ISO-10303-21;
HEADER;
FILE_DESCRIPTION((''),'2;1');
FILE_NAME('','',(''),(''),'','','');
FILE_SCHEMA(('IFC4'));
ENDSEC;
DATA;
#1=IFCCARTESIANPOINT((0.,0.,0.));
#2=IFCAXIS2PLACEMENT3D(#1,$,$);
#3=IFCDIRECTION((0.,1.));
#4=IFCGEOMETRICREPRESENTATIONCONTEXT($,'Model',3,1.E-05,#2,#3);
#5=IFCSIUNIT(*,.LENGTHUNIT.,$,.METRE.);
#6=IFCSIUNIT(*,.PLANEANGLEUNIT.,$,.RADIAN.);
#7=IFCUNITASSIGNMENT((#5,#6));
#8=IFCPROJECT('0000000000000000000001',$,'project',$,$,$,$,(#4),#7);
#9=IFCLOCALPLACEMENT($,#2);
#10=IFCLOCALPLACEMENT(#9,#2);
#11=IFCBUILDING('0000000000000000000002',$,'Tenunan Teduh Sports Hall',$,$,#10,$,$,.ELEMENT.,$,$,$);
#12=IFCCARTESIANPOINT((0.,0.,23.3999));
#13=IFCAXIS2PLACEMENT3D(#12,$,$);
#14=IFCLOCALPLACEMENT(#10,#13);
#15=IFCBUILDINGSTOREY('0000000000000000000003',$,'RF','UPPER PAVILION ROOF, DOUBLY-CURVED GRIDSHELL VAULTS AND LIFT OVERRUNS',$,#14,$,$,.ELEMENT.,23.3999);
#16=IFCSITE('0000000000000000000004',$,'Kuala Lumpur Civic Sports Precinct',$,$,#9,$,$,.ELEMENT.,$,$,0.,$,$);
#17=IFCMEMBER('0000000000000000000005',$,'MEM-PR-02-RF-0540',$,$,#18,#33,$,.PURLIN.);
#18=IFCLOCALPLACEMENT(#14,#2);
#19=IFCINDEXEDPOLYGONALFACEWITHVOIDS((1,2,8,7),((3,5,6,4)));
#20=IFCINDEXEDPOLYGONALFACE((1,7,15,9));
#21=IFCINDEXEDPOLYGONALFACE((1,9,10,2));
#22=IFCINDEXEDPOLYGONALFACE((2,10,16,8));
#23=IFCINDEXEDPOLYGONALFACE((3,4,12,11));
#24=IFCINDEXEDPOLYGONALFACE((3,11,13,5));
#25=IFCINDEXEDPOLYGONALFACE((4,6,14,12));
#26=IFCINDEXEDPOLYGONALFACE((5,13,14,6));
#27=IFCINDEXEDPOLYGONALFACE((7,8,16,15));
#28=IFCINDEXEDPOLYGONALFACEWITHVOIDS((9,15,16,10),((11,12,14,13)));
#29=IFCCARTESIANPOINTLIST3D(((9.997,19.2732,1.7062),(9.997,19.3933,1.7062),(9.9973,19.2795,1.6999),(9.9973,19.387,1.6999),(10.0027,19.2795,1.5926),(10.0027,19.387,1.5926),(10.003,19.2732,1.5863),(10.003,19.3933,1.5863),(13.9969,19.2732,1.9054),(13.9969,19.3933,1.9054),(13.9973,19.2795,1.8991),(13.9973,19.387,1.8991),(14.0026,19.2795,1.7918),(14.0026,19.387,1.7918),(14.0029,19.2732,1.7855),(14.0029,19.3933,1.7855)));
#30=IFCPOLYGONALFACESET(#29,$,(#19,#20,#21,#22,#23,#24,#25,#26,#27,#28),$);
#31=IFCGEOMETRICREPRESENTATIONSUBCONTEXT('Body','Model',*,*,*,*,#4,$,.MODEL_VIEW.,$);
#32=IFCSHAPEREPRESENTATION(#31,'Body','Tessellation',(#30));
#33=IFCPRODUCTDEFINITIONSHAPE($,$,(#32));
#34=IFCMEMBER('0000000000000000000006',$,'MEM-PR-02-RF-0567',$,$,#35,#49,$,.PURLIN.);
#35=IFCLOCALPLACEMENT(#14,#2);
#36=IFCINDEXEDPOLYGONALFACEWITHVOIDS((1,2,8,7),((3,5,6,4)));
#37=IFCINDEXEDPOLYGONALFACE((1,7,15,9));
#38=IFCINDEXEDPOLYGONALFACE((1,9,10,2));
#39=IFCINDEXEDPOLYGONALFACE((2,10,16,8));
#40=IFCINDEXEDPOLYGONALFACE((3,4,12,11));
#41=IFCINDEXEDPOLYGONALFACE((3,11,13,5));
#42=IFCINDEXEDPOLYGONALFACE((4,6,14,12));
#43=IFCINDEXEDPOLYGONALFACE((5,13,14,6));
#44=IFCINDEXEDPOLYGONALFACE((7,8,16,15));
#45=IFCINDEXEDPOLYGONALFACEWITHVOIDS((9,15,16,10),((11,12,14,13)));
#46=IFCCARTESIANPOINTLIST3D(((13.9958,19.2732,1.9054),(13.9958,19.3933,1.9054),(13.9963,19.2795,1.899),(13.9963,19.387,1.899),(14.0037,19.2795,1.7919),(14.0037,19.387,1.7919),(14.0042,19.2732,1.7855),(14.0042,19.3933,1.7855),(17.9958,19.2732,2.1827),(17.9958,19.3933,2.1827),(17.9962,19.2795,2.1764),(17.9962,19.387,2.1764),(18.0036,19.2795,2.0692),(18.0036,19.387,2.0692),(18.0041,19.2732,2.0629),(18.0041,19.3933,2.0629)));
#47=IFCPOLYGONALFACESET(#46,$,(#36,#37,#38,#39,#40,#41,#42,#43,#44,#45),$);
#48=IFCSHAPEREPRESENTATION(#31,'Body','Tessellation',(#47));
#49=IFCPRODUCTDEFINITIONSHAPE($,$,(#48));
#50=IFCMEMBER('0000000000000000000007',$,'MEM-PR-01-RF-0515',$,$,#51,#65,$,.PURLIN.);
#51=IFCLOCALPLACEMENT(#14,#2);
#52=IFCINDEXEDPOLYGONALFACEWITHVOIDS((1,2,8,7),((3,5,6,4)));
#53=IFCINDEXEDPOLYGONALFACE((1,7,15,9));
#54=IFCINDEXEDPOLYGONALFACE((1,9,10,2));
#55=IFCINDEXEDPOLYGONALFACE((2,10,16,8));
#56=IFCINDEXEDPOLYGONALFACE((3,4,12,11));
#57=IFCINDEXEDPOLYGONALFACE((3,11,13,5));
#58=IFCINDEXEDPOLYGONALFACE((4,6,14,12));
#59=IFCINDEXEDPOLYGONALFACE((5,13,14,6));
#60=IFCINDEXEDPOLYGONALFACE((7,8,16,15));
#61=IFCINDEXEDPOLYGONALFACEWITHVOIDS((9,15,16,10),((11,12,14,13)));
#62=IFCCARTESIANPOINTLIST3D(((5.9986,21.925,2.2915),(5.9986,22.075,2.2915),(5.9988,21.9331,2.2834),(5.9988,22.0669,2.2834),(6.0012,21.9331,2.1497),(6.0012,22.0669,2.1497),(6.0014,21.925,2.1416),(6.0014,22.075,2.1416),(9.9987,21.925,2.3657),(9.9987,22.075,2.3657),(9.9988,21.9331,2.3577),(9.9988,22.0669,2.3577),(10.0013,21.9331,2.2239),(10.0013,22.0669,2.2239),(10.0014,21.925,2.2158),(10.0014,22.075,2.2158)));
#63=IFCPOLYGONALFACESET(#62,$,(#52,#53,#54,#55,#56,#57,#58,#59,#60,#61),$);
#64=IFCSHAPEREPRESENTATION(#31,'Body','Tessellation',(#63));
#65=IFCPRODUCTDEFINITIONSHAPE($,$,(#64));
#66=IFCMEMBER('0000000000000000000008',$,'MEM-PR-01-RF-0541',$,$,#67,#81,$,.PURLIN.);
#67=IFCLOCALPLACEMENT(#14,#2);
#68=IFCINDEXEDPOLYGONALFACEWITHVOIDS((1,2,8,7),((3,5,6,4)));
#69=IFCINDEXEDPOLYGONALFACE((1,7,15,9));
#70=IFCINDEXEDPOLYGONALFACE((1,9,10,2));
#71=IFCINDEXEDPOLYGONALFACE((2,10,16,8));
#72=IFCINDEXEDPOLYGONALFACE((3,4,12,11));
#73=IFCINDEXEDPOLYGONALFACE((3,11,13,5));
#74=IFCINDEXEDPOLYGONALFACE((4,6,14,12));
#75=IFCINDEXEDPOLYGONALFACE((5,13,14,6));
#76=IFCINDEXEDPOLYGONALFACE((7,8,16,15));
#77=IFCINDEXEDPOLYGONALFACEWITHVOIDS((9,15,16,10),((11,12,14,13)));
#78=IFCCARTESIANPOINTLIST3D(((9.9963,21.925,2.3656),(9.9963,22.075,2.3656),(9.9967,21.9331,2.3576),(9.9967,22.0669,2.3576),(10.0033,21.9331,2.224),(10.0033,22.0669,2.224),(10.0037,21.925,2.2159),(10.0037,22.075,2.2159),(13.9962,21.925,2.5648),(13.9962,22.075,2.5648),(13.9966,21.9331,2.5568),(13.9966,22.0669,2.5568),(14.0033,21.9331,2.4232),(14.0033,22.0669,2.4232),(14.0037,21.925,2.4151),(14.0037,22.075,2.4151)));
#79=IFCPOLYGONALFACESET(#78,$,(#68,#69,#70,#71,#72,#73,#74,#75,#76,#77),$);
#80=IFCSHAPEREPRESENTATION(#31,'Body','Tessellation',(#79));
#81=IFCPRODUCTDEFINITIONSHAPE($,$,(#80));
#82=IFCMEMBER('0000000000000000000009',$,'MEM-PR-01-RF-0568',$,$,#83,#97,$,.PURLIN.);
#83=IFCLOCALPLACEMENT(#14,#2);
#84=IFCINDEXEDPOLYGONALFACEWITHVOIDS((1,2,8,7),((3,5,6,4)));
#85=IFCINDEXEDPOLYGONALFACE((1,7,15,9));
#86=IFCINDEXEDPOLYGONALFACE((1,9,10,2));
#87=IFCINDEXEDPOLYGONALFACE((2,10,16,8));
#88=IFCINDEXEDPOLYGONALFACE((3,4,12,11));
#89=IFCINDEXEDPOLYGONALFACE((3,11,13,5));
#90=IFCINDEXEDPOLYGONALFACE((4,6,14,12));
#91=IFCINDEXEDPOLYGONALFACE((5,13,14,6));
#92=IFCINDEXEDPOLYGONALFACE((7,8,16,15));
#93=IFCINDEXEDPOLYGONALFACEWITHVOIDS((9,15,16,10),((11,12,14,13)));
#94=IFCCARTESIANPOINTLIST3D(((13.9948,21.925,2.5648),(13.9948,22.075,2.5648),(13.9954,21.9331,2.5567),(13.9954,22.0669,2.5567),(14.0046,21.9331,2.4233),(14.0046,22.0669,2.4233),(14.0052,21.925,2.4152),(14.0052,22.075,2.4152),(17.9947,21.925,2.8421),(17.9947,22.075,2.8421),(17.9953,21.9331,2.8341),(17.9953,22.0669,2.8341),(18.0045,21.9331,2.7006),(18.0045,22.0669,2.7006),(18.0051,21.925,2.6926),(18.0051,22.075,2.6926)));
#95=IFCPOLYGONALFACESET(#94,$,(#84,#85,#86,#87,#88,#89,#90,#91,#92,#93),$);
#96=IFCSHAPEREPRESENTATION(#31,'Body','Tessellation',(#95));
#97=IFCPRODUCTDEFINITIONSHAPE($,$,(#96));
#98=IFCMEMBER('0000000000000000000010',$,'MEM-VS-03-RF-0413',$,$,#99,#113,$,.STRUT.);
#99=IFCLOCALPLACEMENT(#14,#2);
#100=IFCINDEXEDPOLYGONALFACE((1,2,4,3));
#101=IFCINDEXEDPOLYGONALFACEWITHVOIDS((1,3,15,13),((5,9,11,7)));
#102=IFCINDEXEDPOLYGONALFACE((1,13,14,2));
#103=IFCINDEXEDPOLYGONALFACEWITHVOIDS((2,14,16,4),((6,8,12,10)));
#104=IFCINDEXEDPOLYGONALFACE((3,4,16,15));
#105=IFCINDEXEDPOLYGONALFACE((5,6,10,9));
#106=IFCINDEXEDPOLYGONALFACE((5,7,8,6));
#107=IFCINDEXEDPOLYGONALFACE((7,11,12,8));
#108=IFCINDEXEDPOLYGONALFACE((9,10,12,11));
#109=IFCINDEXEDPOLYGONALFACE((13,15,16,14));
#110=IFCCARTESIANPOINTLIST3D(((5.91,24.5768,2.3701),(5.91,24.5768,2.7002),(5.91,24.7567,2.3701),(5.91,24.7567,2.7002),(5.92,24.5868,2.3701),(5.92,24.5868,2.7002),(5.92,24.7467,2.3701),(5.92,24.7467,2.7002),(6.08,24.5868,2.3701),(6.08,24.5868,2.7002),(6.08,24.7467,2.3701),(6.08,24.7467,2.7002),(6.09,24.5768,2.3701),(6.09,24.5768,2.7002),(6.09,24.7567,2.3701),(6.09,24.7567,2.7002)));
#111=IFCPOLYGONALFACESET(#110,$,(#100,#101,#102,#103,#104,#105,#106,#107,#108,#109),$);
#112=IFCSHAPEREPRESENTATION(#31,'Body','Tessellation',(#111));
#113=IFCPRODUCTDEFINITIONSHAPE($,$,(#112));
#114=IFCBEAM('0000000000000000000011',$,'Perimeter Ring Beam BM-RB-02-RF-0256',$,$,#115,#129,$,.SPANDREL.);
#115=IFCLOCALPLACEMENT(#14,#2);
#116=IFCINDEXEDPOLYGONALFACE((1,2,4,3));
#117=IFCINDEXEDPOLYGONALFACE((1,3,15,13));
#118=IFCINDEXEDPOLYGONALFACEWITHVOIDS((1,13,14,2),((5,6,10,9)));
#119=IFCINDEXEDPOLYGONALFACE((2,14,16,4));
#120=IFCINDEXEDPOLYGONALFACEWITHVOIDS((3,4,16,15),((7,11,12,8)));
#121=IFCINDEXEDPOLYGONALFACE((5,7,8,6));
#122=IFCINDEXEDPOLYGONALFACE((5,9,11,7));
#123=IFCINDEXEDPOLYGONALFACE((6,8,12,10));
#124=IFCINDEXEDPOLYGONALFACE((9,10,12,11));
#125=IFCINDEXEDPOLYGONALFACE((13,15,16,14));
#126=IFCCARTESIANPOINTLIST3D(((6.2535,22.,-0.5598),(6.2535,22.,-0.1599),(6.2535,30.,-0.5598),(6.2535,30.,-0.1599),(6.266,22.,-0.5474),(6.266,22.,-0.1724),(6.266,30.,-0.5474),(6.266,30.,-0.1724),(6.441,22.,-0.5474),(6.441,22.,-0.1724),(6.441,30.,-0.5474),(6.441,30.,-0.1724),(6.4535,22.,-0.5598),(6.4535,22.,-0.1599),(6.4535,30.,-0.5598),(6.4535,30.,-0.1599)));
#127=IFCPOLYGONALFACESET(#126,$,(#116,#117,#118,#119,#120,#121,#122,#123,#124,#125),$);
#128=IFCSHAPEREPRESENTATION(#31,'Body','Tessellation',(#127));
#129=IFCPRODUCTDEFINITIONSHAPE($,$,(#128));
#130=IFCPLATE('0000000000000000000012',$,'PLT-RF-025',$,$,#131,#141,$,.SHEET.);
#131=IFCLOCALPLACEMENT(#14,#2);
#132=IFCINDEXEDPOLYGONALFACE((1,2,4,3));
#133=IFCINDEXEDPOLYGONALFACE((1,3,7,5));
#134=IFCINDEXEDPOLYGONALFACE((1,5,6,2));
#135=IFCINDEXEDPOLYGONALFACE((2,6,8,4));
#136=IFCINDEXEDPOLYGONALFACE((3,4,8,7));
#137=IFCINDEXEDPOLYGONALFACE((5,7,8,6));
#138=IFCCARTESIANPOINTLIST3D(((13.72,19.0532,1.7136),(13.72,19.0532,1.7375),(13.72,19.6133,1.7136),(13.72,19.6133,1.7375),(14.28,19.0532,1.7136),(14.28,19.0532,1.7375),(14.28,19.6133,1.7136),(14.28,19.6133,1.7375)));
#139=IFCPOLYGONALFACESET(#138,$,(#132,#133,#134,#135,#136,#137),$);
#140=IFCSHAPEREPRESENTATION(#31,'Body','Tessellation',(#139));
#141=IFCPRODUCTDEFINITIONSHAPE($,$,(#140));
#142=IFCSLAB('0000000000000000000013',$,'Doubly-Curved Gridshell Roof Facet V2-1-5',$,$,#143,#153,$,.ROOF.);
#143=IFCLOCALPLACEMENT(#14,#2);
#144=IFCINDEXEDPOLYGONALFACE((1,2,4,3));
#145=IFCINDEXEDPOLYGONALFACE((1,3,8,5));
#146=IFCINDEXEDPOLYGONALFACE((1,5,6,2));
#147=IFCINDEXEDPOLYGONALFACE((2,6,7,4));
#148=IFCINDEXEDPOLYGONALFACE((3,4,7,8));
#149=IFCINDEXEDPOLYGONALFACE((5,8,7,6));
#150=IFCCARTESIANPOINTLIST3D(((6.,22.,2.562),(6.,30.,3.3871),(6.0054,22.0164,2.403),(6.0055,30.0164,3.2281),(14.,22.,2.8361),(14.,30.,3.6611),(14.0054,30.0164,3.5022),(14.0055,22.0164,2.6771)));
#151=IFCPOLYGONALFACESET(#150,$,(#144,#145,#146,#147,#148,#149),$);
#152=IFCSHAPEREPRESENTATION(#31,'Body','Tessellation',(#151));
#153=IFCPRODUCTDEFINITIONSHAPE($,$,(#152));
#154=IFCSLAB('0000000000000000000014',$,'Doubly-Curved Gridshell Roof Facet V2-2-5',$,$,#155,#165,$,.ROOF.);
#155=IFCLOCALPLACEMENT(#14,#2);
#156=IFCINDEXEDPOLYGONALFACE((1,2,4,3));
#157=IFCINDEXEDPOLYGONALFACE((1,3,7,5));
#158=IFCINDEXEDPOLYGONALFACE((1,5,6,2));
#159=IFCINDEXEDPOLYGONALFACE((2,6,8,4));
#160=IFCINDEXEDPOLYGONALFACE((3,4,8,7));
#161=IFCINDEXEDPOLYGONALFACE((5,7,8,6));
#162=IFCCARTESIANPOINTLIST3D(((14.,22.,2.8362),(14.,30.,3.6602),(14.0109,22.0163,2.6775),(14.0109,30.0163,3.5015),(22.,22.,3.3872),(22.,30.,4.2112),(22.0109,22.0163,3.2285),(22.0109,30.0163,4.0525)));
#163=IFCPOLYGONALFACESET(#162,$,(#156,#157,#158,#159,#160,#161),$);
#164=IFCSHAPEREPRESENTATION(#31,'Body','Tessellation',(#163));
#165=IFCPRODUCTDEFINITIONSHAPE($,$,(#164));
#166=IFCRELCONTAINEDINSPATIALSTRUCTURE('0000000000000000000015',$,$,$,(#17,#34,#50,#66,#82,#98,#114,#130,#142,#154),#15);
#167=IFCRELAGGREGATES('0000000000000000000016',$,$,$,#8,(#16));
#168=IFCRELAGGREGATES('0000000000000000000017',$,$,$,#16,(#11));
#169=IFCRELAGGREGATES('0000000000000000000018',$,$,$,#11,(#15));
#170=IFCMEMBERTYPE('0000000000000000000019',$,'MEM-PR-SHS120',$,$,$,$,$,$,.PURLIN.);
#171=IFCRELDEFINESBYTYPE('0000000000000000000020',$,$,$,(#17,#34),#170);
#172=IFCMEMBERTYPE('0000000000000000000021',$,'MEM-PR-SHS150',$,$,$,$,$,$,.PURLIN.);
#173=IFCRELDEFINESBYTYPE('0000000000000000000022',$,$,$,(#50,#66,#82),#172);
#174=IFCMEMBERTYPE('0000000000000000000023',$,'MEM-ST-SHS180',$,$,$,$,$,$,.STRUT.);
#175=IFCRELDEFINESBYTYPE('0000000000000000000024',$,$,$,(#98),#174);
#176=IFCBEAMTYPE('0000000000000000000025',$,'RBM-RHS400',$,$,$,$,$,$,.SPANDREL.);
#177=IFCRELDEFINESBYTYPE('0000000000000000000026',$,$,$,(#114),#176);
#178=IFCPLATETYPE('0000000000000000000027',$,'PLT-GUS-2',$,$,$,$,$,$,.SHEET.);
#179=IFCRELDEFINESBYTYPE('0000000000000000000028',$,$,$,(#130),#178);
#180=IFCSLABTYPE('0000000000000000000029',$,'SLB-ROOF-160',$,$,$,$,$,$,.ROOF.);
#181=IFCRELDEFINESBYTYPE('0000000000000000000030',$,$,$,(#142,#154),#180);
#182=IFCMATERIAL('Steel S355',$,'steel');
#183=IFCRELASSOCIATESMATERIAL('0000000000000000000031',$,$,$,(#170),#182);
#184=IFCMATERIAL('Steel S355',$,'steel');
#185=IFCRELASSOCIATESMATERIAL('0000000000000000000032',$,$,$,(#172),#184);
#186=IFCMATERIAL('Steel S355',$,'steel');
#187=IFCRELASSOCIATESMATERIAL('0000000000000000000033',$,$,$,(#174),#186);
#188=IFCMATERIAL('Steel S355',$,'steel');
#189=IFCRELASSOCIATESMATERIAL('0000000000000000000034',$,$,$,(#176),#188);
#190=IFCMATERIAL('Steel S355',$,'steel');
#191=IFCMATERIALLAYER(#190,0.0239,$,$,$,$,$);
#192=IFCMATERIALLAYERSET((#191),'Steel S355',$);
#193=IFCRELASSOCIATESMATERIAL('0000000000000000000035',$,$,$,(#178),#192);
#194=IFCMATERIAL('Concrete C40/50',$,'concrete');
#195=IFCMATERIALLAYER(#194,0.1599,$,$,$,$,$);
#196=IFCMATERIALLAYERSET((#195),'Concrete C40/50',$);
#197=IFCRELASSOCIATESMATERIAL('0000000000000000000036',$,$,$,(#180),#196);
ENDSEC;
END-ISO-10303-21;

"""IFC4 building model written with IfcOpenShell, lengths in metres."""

from ifc_helpers import new_model, si_unit, direction, frame, origin, origin_2d, place, context, subcontext, project, spatial, polyline, rectangle, hollow_rectangle, outline, extrude, material, layer, layer_set, material_profile, profile_set, type_object, element, save


model = new_model("IFC4")

# Units and contexts
model_context = context("Model", 3, precision=1e-05, world=origin(), true_north=direction((0.0, 1.0)))
body_context = subcontext(model_context, "Body", "Model", "MODEL_VIEW")
ifc_project = project(units=[si_unit("LENGTHUNIT", "METRE"), si_unit("PLANEANGLEUNIT", "RADIAN")], contexts=[model_context])

# Site, building, storey
site_placement = place(None, origin())
site = spatial("IfcSite", under=ifc_project, at=site_placement, Name="Kuala Lumpur Civic Sports Precinct", CompositionType="ELEMENT", RefElevation=0.0)
building_placement = place(site_placement, origin())
building = spatial("IfcBuilding", under=site, at=building_placement, Name="Tenunan Teduh Sports Hall", CompositionType="ELEMENT")
storey_placement = place(building_placement, frame((0.0, 0.0, 23.3999)))
storey = spatial("IfcBuildingStorey", under=building, at=storey_placement, Name="RF", Description="UPPER PAVILION ROOF, DOUBLY-CURVED GRIDSHELL VAULTS AND LIFT OVERRUNS", CompositionType="ELEMENT", Elevation=23.3999)

# Members
ifc_material_1 = material(Name="Steel S355", Category="steel")
ifc_material_profile_1 = material_profile(ifc_material_1, hollow_rectangle(XDim=0.1201, YDim=0.1201, WallThickness=0.0063, at=origin_2d()), Name="SHS 120x120x6.3")
ifc_profile_set_1 = profile_set([ifc_material_profile_1], Name="Steel S355")
member_type_1 = type_object("IfcMemberType", Name="MEM-PR-SHS120", PredefinedType="PURLIN", material=ifc_profile_set_1)
member_1_placement = place(storey_placement, frame((10.0, 19.3333, 1.6462), z_axis=(0.998762, 0.0, 0.049743), x_axis=(0.0, 1.0, 0.0)))
element("IfcMember", 1, at=member_1_placement, inside=storey, type_object=member_type_1, Name="MEM-PR-02-RF-0540", PredefinedType="PURLIN", context=body_context, shape_type="SweptSolid", body=[
    extrude(hollow_rectangle(XDim=0.1201, YDim=0.1201, WallThickness=0.0063, at=origin_2d()), origin(), (0.0, 0.0, 1.0), 4.0049),
])
member_2_placement = place(storey_placement, frame((14.0, 19.3333, 1.8455), z_axis=(0.997605, 0.0, 0.06917), x_axis=(0.0, 1.0, 0.0)))
element("IfcMember", 2, at=member_2_placement, inside=storey, type_object=member_type_1, Name="MEM-PR-02-RF-0567", PredefinedType="PURLIN", context=body_context, shape_type="SweptSolid", body=[
    extrude(hollow_rectangle(XDim=0.1201, YDim=0.1201, WallThickness=0.0063, at=origin_2d()), origin(), (0.0, 0.0, 1.0), 4.0095),
])
ifc_material_2 = material(Name="Steel S355", Category="steel")
ifc_material_profile_2 = material_profile(ifc_material_2, hollow_rectangle(XDim=0.1499, YDim=0.1499, WallThickness=0.0081, at=origin_2d()), Name="SHS 150x150x8.0")
ifc_profile_set_2 = profile_set([ifc_material_profile_2], Name="Steel S355")
member_type_2 = type_object("IfcMemberType", Name="MEM-PR-SHS150", PredefinedType="PURLIN", material=ifc_profile_set_2)
member_3_placement = place(storey_placement, frame((6.0, 22.0, 2.2166), z_axis=(0.999828, 0.0, 0.018551), x_axis=(0.0, 1.0, 0.0)))
element("IfcMember", 3, at=member_3_placement, inside=storey, type_object=member_type_2, Name="MEM-PR-01-RF-0515", PredefinedType="PURLIN", context=body_context, shape_type="SweptSolid", body=[
    extrude(hollow_rectangle(XDim=0.1499, YDim=0.1499, WallThickness=0.0081, at=origin_2d()), origin(), (0.0, 0.0, 1.0), 4.0007),
])
member_4_placement = place(storey_placement, frame((10.0, 22.0, 2.2908), z_axis=(0.998762, 0.0, 0.049743), x_axis=(0.0, 1.0, 0.0)))
element("IfcMember", 4, at=member_4_placement, inside=storey, type_object=member_type_2, Name="MEM-PR-01-RF-0541", PredefinedType="PURLIN", context=body_context, shape_type="SweptSolid", body=[
    extrude(hollow_rectangle(XDim=0.1499, YDim=0.1499, WallThickness=0.0081, at=origin_2d()), origin(), (0.0, 0.0, 1.0), 4.0049),
])
member_5_placement = place(storey_placement, frame((14.0, 22.0, 2.49), z_axis=(0.997605, 0.0, 0.06917), x_axis=(0.0, 1.0, 0.0)))
element("IfcMember", 5, at=member_5_placement, inside=storey, type_object=member_type_2, Name="MEM-PR-01-RF-0568", PredefinedType="PURLIN", context=body_context, shape_type="SweptSolid", body=[
    extrude(hollow_rectangle(XDim=0.1499, YDim=0.1499, WallThickness=0.0081, at=origin_2d()), origin(), (0.0, 0.0, 1.0), 4.0095),
])
ifc_material_3 = material(Name="Steel S355", Category="steel")
ifc_material_profile_3 = material_profile(ifc_material_3, hollow_rectangle(XDim=0.1799, YDim=0.1799, WallThickness=0.01, at=origin_2d()), Name="SHS 180x180x10.0")
ifc_profile_set_3 = profile_set([ifc_material_profile_3], Name="Steel S355")
member_type_3 = type_object("IfcMemberType", Name="MEM-ST-SHS180", PredefinedType="STRUT", material=ifc_profile_set_3)
member_6_placement = place(storey_placement, frame((6.0, 24.6667, 2.3701), z_axis=(0.0, 0.0, 1.0), x_axis=(1.0, 0.0, 0.0)))
element("IfcMember", 6, at=member_6_placement, inside=storey, type_object=member_type_3, Name="MEM-VS-03-RF-0413", PredefinedType="STRUT", context=body_context, shape_type="SweptSolid", body=[
    extrude(hollow_rectangle(XDim=0.1799, YDim=0.1799, WallThickness=0.01, at=origin_2d()), origin(), (0.0, 0.0, 1.0), 0.3301),
])

# Beam
ifc_material_4 = material(Name="Steel S355", Category="steel")
ifc_material_profile_4 = material_profile(ifc_material_4, hollow_rectangle(XDim=0.2, YDim=0.3999, WallThickness=0.0125, at=origin_2d()), Name="RHS 400x200x12.5")
ifc_profile_set_4 = profile_set([ifc_material_profile_4], Name="Steel S355")
beam_type_1 = type_object("IfcBeamType", Name="RBM-RHS400", PredefinedType="SPANDREL", material=ifc_profile_set_4)
beam_1_placement = place(storey_placement, frame((6.3535, 22.0, -0.3599), z_axis=(0.0, 1.0, 0.0), x_axis=(-1.0, 0.0, 0.0)))
element("IfcBeam", 7, at=beam_1_placement, inside=storey, type_object=beam_type_1, Name="Perimeter Ring Beam BM-RB-02-RF-0256", PredefinedType="SPANDREL", context=body_context, shape_type="SweptSolid", body=[
    extrude(hollow_rectangle(XDim=0.2, YDim=0.3999, WallThickness=0.0125, at=origin_2d()), origin(), (0.0, 0.0, 1.0), 8.0),
])

# Plate
ifc_material_5 = material(Name="Steel S355", Category="steel")
ifc_layer_1 = layer(ifc_material_5, 0.0239)
ifc_layer_set_1 = layer_set([ifc_layer_1], Name="Steel S355")
plate_type = type_object("IfcPlateType", Name="PLT-GUS-2", PredefinedType="SHEET", material=ifc_layer_set_1)
plate_placement = place(storey_placement, frame((14.0, 19.3333, 1.7136), z_axis=(0.0, 0.0, 1.0), x_axis=(1.0, 0.0, 0.0)))
element("IfcPlate", 8, at=plate_placement, inside=storey, type_object=plate_type, Name="PLT-RF-025", PredefinedType="SHEET", context=body_context, shape_type="SweptSolid", body=[
    extrude(rectangle(XDim=0.5601, YDim=0.5601, at=origin_2d()), origin(), (0.0, 0.0, 1.0), 0.0239),
])

# Slabs
ifc_material_6 = material(Name="Concrete C40/50", Category="concrete")
ifc_layer_2 = layer(ifc_material_6, 0.1599)
ifc_layer_set_2 = layer_set([ifc_layer_2], Name="Concrete C40/50")
slab_type = type_object("IfcSlabType", Name="SLB-ROOF-160", PredefinedType="ROOF", material=ifc_layer_set_2)
slab_1_placement = place(storey_placement, frame((6.0, 22.0, 2.562), z_axis=(-0.034055, -0.10253, 0.994147), x_axis=(0.999414, 0.000002, 0.034236)))
element("IfcSlab", 9, at=slab_1_placement, inside=storey, type_object=slab_type, Name="Doubly-Curved Gridshell Roof Facet V2-1-5", PredefinedType="ROOF", context=body_context, shape_type="SweptSolid", body=[
    extrude(outline(polyline([(0.0, 0.0), (8.0047, 0.0), (8.033, 8.0424), (0.0283, 8.0424), (0.0, 0.0)])), origin(), (0.0, 0.0, -1.0), 0.1599),
])
slab_2_placement = place(storey_placement, frame((14.0, 22.0, 2.8362), z_axis=(-0.068355, -0.102215, 0.992411), x_axis=(0.997636, 0.0, 0.068715)))
element("IfcSlab", 10, at=slab_2_placement, inside=storey, type_object=slab_type, Name="Doubly-Curved Gridshell Roof Facet V2-2-5", PredefinedType="ROOF", context=body_context, shape_type="SweptSolid", body=[
    extrude(outline(polyline([(0.0, 0.0), (8.019, 0.0), (8.0756, 8.0421), (0.0566, 8.0421), (0.0, 0.0)])), origin(), (0.0, 0.0, -1.0), 0.1599),
])

save(model, "model.ifc")
